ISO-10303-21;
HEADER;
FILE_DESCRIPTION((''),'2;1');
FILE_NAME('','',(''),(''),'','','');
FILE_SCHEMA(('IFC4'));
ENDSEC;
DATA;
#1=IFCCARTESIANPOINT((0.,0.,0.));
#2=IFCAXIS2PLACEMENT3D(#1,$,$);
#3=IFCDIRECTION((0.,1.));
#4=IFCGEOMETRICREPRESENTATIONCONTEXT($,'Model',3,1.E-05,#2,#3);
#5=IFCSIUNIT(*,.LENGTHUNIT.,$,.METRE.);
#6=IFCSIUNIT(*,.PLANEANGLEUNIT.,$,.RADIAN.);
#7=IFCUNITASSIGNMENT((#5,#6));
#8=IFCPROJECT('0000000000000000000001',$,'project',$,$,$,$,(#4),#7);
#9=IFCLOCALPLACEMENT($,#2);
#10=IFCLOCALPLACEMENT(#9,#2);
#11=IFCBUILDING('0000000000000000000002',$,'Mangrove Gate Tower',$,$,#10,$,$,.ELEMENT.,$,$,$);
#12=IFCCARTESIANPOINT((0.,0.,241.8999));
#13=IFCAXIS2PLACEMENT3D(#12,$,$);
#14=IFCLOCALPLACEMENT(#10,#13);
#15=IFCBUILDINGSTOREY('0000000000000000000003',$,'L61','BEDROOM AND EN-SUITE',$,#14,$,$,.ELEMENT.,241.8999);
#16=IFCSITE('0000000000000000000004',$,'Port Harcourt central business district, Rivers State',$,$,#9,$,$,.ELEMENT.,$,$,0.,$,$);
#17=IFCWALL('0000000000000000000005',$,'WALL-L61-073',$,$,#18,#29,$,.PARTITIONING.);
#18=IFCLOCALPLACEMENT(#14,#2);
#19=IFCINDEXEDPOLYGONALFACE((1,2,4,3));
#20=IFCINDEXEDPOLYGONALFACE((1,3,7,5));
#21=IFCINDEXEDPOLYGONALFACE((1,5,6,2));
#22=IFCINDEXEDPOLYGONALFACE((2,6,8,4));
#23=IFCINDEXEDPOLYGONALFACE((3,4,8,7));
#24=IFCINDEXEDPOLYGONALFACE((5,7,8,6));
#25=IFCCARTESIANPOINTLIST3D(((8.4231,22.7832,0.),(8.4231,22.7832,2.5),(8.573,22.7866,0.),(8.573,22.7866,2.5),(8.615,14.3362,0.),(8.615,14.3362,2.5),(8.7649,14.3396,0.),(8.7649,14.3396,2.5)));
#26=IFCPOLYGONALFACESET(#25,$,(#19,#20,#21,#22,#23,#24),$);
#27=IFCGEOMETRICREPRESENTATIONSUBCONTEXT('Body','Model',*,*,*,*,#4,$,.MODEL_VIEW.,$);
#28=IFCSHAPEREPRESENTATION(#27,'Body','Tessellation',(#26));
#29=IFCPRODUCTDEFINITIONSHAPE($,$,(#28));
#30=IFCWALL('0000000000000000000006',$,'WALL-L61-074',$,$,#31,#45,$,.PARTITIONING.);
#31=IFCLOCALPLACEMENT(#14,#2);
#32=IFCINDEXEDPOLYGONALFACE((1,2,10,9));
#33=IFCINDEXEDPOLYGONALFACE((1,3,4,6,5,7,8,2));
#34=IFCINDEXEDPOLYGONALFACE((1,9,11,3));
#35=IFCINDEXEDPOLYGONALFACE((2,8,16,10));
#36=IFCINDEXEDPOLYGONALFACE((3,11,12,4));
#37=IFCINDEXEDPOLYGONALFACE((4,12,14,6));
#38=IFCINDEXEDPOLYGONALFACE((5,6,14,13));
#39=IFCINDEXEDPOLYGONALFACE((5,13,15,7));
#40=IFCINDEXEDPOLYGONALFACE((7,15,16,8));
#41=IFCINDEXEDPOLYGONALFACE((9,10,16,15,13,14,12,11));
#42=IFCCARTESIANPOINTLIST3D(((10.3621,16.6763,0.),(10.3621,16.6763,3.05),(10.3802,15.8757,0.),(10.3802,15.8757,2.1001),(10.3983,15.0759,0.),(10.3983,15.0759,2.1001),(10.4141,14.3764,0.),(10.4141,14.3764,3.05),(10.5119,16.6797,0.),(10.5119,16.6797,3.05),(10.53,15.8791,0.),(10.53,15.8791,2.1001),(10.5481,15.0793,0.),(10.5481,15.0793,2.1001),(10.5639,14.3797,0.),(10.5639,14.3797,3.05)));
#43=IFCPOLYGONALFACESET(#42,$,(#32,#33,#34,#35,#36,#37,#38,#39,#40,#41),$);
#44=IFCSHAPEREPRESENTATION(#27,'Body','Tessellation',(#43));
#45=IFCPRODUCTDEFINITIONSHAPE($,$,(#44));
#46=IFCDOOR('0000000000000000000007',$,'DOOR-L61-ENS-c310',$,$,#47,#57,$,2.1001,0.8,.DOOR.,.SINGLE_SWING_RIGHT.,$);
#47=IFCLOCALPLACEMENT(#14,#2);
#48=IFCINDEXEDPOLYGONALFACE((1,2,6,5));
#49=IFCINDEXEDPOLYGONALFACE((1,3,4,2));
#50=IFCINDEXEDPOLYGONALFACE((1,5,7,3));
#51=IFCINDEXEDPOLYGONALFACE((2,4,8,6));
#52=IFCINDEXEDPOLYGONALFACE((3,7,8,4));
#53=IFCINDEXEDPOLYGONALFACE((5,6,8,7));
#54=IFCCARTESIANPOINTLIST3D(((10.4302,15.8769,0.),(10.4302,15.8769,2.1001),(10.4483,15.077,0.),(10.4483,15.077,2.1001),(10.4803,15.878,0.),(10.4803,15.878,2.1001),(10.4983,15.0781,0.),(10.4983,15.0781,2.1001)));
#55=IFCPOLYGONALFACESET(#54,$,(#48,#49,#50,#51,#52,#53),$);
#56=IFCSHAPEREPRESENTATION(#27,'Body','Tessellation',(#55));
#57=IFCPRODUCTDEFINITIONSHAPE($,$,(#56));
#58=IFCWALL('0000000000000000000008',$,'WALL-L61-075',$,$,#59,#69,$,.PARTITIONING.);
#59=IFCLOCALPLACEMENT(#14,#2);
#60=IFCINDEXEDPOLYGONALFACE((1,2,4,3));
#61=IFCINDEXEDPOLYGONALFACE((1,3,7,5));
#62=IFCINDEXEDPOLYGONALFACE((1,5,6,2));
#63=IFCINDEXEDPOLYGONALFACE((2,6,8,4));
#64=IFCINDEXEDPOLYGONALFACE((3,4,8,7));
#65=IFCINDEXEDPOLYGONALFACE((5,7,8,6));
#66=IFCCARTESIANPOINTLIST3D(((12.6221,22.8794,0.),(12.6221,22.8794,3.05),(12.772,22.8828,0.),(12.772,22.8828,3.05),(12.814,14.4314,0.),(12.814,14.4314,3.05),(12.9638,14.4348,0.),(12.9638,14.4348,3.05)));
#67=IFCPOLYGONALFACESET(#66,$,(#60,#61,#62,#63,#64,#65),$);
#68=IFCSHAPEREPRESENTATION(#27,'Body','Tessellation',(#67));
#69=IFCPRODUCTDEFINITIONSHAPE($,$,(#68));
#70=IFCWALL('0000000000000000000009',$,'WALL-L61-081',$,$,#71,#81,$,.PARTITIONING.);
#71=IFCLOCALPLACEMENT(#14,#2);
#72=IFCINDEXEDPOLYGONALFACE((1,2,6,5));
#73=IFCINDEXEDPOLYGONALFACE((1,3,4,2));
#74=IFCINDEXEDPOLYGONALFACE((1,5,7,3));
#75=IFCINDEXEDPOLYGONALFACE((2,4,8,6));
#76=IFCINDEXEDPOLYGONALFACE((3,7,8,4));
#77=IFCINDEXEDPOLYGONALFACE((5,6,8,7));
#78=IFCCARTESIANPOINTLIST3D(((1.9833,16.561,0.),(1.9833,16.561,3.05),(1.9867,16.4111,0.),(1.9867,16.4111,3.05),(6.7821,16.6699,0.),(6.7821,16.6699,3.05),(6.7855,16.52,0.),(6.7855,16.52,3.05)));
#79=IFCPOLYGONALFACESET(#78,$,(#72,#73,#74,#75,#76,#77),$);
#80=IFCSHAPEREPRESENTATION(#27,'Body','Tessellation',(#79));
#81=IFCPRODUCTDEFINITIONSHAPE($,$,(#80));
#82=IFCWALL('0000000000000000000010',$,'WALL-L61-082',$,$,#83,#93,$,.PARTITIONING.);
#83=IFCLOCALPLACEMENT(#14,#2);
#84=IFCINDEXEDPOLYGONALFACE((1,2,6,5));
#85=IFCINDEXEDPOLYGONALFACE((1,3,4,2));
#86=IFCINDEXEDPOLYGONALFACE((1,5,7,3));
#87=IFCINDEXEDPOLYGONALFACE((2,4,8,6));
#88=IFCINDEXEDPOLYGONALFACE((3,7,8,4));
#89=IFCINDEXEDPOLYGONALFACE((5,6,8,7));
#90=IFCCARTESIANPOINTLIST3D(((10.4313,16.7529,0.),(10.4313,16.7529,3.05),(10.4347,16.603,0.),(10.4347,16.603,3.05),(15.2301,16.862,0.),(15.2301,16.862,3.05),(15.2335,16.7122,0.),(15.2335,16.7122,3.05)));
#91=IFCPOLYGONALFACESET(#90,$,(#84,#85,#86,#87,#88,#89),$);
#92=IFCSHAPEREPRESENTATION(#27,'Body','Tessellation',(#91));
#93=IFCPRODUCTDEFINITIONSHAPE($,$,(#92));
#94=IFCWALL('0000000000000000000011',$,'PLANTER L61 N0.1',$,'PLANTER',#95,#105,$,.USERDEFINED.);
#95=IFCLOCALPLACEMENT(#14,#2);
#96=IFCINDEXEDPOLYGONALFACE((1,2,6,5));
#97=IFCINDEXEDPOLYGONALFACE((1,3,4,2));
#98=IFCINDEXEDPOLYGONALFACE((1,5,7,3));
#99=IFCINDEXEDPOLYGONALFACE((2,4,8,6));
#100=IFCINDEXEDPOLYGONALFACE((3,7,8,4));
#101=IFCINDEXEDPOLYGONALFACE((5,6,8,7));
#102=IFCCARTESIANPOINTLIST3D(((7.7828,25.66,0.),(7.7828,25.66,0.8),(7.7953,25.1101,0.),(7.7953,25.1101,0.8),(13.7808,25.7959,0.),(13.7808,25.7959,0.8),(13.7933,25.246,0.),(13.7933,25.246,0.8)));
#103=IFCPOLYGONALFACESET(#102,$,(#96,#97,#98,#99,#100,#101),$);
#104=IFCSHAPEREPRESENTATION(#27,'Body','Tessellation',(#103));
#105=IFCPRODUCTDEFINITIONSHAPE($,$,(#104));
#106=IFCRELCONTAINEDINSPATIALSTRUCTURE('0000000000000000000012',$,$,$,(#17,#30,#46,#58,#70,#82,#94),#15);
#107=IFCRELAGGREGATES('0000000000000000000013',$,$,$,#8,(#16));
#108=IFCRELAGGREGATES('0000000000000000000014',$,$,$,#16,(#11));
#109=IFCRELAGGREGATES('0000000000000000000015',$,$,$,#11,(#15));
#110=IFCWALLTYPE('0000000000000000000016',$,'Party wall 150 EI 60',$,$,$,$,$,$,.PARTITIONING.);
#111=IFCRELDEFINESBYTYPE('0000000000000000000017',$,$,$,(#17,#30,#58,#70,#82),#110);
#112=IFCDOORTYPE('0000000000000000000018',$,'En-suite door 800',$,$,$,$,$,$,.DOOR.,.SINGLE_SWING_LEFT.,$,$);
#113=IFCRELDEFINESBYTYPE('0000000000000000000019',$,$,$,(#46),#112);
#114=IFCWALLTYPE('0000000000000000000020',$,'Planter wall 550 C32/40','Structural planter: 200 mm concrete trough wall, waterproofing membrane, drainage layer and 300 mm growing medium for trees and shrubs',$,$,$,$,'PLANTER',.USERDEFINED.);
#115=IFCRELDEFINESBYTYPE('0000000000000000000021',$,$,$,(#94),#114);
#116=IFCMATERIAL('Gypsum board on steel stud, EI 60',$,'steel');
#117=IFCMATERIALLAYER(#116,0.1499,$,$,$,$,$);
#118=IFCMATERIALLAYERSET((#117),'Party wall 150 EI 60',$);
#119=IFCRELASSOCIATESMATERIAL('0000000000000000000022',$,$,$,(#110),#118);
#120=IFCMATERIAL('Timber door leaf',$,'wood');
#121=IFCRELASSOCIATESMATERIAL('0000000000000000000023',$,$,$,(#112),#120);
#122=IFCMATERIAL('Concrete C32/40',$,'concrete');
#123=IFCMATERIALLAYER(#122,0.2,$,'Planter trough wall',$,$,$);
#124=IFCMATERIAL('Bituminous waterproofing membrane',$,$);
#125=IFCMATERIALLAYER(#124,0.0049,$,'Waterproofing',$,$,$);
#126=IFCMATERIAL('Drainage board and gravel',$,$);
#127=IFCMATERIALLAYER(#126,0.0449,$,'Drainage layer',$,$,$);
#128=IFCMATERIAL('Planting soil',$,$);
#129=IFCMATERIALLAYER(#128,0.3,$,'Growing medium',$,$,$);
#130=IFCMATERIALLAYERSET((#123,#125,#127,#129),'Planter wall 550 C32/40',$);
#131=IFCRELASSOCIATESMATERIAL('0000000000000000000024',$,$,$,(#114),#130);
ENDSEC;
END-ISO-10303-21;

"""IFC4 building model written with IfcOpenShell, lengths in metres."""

from ifc_helpers import new_model, si_unit, direction, frame, frame_2d, origin, place, context, subcontext, project, spatial, rectangle, extrude, material, layer, layer_set, type_object, element, fill, save


model = new_model("IFC4")

# Units and contexts
model_context = context("Model", 3, precision=1e-05, world=origin(), true_north=direction((0.0, 1.0)))
body_context = subcontext(model_context, "Body", "Model", "MODEL_VIEW")
ifc_project = project(units=[si_unit("LENGTHUNIT", "METRE"), si_unit("PLANEANGLEUNIT", "RADIAN")], contexts=[model_context])

# Site, building, storey
site_placement = place(None, origin())
site = spatial("IfcSite", under=ifc_project, at=site_placement, Name="Port Harcourt central business district, Rivers State", CompositionType="ELEMENT", RefElevation=0.0)
building_placement = place(site_placement, origin())
building = spatial("IfcBuilding", under=site, at=building_placement, Name="Mangrove Gate Tower", CompositionType="ELEMENT")
storey_placement = place(building_placement, frame((0.0, 0.0, 241.8999)))
storey = spatial("IfcBuildingStorey", under=building, at=storey_placement, Name="L61", Description="BEDROOM AND EN-SUITE", CompositionType="ELEMENT", Elevation=241.8999)

# Shared definitions
ifc_material_1 = material(Name="Gypsum board on steel stud, EI 60", Category="steel")
ifc_layer_1 = layer(ifc_material_1, 0.1499)
ifc_layer_set_1 = layer_set([ifc_layer_1], Name="Party wall 150 EI 60")
wall_type_1 = type_object("IfcWallType", Name="Party wall 150 EI 60", PredefinedType="PARTITIONING", material=ifc_layer_set_1)

# Shared definitions
ifc_material_2 = material(Name="Timber door leaf", Category="wood")
door_type = type_object("IfcDoorType", Name="En-suite door 800", OperationType="SINGLE_SWING_LEFT", PredefinedType="DOOR", material=ifc_material_2)

# Wall
wall_1_placement = place(storey_placement, frame((8.6899, 14.3379, 0.0), z_axis=(0.0, 0.0, 1.0), x_axis=(-0.022712, 0.999742, 0.0)))
element("IfcWall", 1, at=wall_1_placement, inside=storey, type_object=wall_type_1, Name="WALL-L61-073", PredefinedType="PARTITIONING", context=body_context, shape_type="SweptSolid", body=[
    extrude(rectangle(XDim=8.4492, YDim=0.1499, at=frame_2d((4.2246, 0.0))), origin(), (0.0, 0.0, 1.0), 2.5),
])

# Wall, opening, door
wall_2_placement = place(storey_placement, frame((10.489, 14.3779, 0.0), z_axis=(0.0, 0.0, 1.0), x_axis=(-0.022603, 0.999745, 0.0)))
wall_2 = element("IfcWall", 2, at=wall_2_placement, inside=storey, type_object=wall_type_1, Name="WALL-L61-074", PredefinedType="PARTITIONING", context=body_context, shape_type="SweptSolid", body=[
    extrude(rectangle(XDim=2.3005, YDim=0.1499, at=frame_2d((1.1504, 0.0))), origin(), (0.0, 0.0, 1.0), 3.05),
])
opening_1_placement = place(wall_2_placement, frame((0.7, 0.0, 0.0)))
opening_1 = element("IfcOpeningElement", 3, at=opening_1_placement, cuts=wall_2, PredefinedType="OPENING", context=body_context, shape_type="SweptSolid", body=[
    extrude(rectangle(XDim=0.8, YDim=2.1001, at=frame_2d((0.3999, 1.05))), frame((0.0, 0.085, 0.0), z_axis=(0.0, -1.0, 0.0), x_axis=(1.0, 0.0, 0.0)), (0.0, 0.0, 1.0), 0.1699),
])
door_1_placement = place(opening_1_placement, origin())
door_1 = element("IfcDoor", 4, at=door_1_placement, inside=storey, type_object=door_type, Name="DOOR-L61-ENS-c310", OperationType="SINGLE_SWING_RIGHT", OverallHeight=2.1001, OverallWidth=0.8, PredefinedType="DOOR", context=body_context, shape_type="SweptSolid", body=[
    extrude(rectangle(XDim=0.8, YDim=2.1001, at=frame_2d((0.3999, 1.05))), frame((0.0, 0.0249, 0.0), z_axis=(0.0, -1.0, 0.0), x_axis=(1.0, 0.0, 0.0)), (0.0, 0.0, 1.0), 0.05),
])
fill(opening_1, door_1)

# Walls
wall_3_placement = place(storey_placement, frame((12.8889, 14.4331, 0.0), z_axis=(0.0, 0.0, 1.0), x_axis=(-0.022709, 0.999742, 0.0)))
element("IfcWall", 5, at=wall_3_placement, inside=storey, type_object=wall_type_1, Name="WALL-L61-075", PredefinedType="PARTITIONING", context=body_context, shape_type="SweptSolid", body=[
    extrude(rectangle(XDim=8.4502, YDim=0.1499, at=frame_2d((4.2251, 0.0))), origin(), (0.0, 0.0, 1.0), 3.05),
])
for number, where, z_axis, x_axis, name in (
    (6, (1.9851, 16.4861, 0.0), (0.0, 0.0, 1.0), (0.999743, 0.022684, 0.0), "WALL-L61-081"),
    (7, (10.4331, 16.678, 0.0), (0.0, 0.0, 1.0), (0.999742, 0.022735, 0.0), "WALL-L61-082"),
):
    element("IfcWall", number, at=place(storey_placement, frame(where, z_axis=z_axis, x_axis=x_axis)), inside=storey, type_object=wall_type_1, Name=name, PredefinedType="PARTITIONING", context=body_context, shape_type="SweptSolid", body=[
        extrude(rectangle(XDim=4.8, YDim=0.1499, at=frame_2d((2.3999, 0.0))), origin(), (0.0, 0.0, 1.0), 3.05),
    ])
ifc_material_3 = material(Name="Concrete C32/40", Category="concrete")
ifc_layer_2 = layer(ifc_material_3, 0.2, Name="Planter trough wall")
ifc_material_4 = material(Name="Bituminous waterproofing membrane")
ifc_layer_3 = layer(ifc_material_4, 0.0049, Name="Waterproofing")
ifc_material_5 = material(Name="Drainage board and gravel")
ifc_layer_4 = layer(ifc_material_5, 0.0449, Name="Drainage layer")
ifc_material_6 = material(Name="Planting soil")
ifc_layer_5 = layer(ifc_material_6, 0.3, Name="Growing medium")
ifc_layer_set_2 = layer_set([ifc_layer_2, ifc_layer_3, ifc_layer_4, ifc_layer_5], Name="Planter wall 550 C32/40")
wall_type_2 = type_object("IfcWallType", Name="Planter wall 550 C32/40", Description="Structural planter: 200 mm concrete trough wall, waterproofing membrane, drainage layer and 300 mm growing medium for trees and shrubs", ElementType="PLANTER", PredefinedType="USERDEFINED", material=ifc_layer_set_2)
wall_4_placement = place(storey_placement, frame((7.7891, 25.385, 0.0), z_axis=(0.0, 0.0, 1.0), x_axis=(0.999743, 0.022666, 0.0)))
element("IfcWall", 8, at=wall_4_placement, inside=storey, type_object=wall_type_2, Name="PLANTER L61 N0.1", ObjectType="PLANTER", PredefinedType="USERDEFINED", context=body_context, shape_type="SweptSolid", body=[
    extrude(rectangle(XDim=5.9995, YDim=0.55, at=frame_2d((2.9998, 0.0))), origin(), (0.0, 0.0, 1.0), 0.8),
])

save(model, "model.ifc")
